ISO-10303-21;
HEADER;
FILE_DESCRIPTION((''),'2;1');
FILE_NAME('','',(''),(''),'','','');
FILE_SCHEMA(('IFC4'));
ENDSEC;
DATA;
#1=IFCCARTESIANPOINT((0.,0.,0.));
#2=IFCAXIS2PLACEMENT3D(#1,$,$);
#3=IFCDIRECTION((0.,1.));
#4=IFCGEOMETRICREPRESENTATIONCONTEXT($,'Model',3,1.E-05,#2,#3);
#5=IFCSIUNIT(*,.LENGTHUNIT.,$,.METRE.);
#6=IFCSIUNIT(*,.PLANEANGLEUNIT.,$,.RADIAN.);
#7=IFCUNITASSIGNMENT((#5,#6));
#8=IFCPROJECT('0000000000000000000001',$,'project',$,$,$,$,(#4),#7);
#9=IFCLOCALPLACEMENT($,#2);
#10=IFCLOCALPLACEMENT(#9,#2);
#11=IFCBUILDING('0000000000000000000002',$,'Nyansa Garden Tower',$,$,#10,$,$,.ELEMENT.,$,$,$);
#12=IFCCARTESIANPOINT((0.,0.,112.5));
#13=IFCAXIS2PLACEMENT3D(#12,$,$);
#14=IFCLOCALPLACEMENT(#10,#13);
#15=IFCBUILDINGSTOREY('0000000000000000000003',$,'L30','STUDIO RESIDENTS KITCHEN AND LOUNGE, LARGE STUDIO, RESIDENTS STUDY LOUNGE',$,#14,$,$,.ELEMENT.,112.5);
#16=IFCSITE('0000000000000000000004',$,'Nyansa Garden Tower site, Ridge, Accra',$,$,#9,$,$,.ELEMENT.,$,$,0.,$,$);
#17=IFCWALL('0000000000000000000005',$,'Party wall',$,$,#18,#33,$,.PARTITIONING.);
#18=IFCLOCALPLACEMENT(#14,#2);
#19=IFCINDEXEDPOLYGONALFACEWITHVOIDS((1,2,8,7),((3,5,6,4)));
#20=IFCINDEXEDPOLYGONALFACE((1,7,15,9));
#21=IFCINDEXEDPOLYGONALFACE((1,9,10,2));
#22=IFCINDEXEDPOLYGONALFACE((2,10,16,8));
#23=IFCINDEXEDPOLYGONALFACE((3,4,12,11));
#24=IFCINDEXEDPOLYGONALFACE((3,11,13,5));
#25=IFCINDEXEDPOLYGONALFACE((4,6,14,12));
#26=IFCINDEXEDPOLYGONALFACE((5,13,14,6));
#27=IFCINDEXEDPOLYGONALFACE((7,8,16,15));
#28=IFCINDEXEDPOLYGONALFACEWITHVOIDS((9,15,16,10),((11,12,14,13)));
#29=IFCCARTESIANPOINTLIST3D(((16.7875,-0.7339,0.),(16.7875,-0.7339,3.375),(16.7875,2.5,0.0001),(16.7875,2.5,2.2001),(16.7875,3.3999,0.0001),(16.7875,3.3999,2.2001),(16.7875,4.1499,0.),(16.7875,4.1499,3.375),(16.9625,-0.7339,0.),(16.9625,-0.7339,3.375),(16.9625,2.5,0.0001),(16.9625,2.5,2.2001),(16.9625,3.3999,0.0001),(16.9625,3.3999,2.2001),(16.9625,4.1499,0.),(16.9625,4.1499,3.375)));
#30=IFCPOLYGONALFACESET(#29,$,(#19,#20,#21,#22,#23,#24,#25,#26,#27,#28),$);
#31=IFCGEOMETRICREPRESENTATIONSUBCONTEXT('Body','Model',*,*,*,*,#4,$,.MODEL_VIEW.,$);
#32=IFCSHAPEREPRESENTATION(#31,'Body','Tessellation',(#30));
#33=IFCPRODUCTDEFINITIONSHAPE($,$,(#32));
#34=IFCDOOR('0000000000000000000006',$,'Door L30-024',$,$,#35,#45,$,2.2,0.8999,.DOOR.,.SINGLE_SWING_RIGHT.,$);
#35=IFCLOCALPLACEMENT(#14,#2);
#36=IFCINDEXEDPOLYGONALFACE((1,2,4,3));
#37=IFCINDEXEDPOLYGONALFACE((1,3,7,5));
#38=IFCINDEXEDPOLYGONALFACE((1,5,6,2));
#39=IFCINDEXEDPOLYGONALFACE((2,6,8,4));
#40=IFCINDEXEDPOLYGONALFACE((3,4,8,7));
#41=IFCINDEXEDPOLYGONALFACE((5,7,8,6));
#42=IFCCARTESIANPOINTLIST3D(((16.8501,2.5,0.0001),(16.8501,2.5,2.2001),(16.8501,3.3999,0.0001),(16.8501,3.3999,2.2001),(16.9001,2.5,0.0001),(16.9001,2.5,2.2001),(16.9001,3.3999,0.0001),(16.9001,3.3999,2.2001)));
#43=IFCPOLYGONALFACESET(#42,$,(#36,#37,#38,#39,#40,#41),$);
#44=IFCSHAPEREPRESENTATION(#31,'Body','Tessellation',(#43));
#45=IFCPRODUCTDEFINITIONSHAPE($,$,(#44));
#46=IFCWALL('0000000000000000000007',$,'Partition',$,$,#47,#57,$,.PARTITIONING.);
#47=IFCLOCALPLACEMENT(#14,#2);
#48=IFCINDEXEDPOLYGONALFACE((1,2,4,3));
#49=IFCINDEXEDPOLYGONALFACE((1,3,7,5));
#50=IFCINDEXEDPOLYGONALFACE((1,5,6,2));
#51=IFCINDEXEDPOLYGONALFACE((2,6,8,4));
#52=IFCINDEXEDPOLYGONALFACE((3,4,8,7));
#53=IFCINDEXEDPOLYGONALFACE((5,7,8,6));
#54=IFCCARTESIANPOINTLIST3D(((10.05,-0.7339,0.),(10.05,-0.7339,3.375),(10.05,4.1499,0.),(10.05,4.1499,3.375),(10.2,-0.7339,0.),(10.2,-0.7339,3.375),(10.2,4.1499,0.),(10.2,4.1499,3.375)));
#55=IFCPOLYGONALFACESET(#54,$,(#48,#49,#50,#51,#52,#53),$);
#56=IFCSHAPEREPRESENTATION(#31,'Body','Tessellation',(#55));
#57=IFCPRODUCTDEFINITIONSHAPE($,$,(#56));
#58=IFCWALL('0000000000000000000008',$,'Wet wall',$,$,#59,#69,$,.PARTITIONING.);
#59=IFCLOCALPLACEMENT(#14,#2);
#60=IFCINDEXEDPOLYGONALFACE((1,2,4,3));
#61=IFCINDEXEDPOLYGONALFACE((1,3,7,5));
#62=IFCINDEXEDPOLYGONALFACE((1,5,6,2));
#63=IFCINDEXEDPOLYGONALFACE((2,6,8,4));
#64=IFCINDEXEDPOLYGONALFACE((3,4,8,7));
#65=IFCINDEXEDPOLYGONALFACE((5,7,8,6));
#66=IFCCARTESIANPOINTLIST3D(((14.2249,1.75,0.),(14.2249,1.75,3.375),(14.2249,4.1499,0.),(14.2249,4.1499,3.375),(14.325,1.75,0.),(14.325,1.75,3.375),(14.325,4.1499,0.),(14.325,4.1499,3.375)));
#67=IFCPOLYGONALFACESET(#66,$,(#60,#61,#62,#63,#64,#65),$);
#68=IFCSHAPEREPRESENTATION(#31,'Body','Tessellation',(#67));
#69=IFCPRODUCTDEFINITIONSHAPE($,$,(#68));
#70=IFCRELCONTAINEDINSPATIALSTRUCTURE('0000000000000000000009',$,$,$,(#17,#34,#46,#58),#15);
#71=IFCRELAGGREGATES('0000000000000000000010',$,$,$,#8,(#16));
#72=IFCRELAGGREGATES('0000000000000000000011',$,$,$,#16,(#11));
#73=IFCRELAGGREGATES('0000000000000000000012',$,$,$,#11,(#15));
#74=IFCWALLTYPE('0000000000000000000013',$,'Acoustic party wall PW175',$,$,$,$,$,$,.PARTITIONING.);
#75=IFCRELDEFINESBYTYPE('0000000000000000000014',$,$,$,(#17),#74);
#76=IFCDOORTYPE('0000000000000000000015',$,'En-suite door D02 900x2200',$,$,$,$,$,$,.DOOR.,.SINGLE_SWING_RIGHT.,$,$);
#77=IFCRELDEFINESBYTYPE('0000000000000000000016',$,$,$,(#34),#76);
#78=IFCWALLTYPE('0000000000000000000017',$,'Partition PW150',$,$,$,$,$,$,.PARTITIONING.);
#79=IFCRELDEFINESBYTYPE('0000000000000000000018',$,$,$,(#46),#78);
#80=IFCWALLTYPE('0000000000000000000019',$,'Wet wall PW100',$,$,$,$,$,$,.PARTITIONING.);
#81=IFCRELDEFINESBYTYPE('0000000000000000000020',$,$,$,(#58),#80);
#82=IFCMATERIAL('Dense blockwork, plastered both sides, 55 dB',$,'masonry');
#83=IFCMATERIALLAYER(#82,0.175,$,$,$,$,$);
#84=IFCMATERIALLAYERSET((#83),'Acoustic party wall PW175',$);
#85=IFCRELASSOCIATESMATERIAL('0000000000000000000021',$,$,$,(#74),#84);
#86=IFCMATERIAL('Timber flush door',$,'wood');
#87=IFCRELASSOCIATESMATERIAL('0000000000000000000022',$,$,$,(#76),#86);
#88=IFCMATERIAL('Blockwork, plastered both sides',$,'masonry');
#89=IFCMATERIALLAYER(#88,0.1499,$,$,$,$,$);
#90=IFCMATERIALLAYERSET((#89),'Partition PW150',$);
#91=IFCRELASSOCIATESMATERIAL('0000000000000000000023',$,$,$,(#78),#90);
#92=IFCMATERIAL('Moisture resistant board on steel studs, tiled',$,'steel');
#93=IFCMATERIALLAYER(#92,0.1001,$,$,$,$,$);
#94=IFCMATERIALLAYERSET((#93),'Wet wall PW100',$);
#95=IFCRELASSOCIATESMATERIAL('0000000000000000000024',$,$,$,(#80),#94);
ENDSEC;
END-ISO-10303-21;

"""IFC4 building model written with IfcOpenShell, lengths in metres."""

from ifc_helpers import new_model, si_unit, direction, frame, frame_2d, origin, place, context, subcontext, project, spatial, rectangle, extrude, material, layer, layer_set, type_object, element, fill, save


model = new_model("IFC4")

# Units and contexts
model_context = context("Model", 3, precision=1e-05, world=origin(), true_north=direction((0.0, 1.0)))
body_context = subcontext(model_context, "Body", "Model", "MODEL_VIEW")
ifc_project = project(units=[si_unit("LENGTHUNIT", "METRE"), si_unit("PLANEANGLEUNIT", "RADIAN")], contexts=[model_context])

# Site, building, storey
site_placement = place(None, origin())
site = spatial("IfcSite", under=ifc_project, at=site_placement, Name="Nyansa Garden Tower site, Ridge, Accra", CompositionType="ELEMENT", RefElevation=0.0)
building_placement = place(site_placement, origin())
building = spatial("IfcBuilding", under=site, at=building_placement, Name="Nyansa Garden Tower", CompositionType="ELEMENT")
storey_placement = place(building_placement, frame((0.0, 0.0, 112.5)))
storey = spatial("IfcBuildingStorey", under=building, at=storey_placement, Name="L30", Description="STUDIO RESIDENTS KITCHEN AND LOUNGE, LARGE STUDIO, RESIDENTS STUDY LOUNGE", CompositionType="ELEMENT", Elevation=112.5)

# Wall, opening, door
ifc_material_1 = material(Name="Dense blockwork, plastered both sides, 55 dB", Category="masonry")
ifc_layer_1 = layer(ifc_material_1, 0.175)
ifc_layer_set_1 = layer_set([ifc_layer_1], Name="Acoustic party wall PW175")
wall_type_1 = type_object("IfcWallType", Name="Acoustic party wall PW175", PredefinedType="PARTITIONING", material=ifc_layer_set_1)
wall_1_placement = place(storey_placement, frame((16.875, -0.7339, 0.0), z_axis=(0.0, 0.0, 1.0), x_axis=(0.0, 1.0, 0.0)))
wall_1 = element("IfcWall", 1, at=wall_1_placement, inside=storey, type_object=wall_type_1, Name="Party wall", PredefinedType="PARTITIONING", context=body_context, shape_type="SweptSolid", body=[
    extrude(rectangle(XDim=4.8838, YDim=0.175, at=frame_2d((2.4419, 0.0))), origin(), (0.0, 0.0, 1.0), 3.375),
])
opening_placement = place(wall_1_placement, frame((3.2339, 0.0, 0.0)))
opening = element("IfcOpeningElement", 2, at=opening_placement, cuts=wall_1, PredefinedType="OPENING", context=body_context, shape_type="SweptSolid", body=[
    extrude(rectangle(XDim=0.8999, YDim=2.2, at=frame_2d((0.45, 1.1001))), frame((0.0, 0.0974, 0.0), z_axis=(0.0, -1.0, 0.0), x_axis=(1.0, 0.0, 0.0)), (0.0, 0.0, 1.0), 0.1951),
])
ifc_material_2 = material(Name="Timber flush door", Category="wood")
door_type = type_object("IfcDoorType", Name="En-suite door D02 900x2200", OperationType="SINGLE_SWING_RIGHT", PredefinedType="DOOR", material=ifc_material_2)
door_placement = place(opening_placement, origin())
door = element("IfcDoor", 3, at=door_placement, inside=storey, type_object=door_type, Name="Door L30-024", OperationType="SINGLE_SWING_RIGHT", OverallHeight=2.2, OverallWidth=0.8999, PredefinedType="DOOR", context=body_context, shape_type="SweptSolid", body=[
    extrude(rectangle(XDim=0.8999, YDim=2.2, at=frame_2d((0.45, 1.1001))), frame((0.0, 0.0249, 0.0), z_axis=(0.0, -1.0, 0.0), x_axis=(1.0, 0.0, 0.0)), (0.0, 0.0, 1.0), 0.05),
])
fill(opening, door)

# Walls
ifc_material_3 = material(Name="Blockwork, plastered both sides", Category="masonry")
ifc_layer_2 = layer(ifc_material_3, 0.1499)
ifc_layer_set_2 = layer_set([ifc_layer_2], Name="Partition PW150")
wall_type_2 = type_object("IfcWallType", Name="Partition PW150", PredefinedType="PARTITIONING", material=ifc_layer_set_2)
wall_2_placement = place(storey_placement, frame((10.125, -0.7339, 0.0), z_axis=(0.0, 0.0, 1.0), x_axis=(0.0, 1.0, 0.0)))
element("IfcWall", 4, at=wall_2_placement, inside=storey, type_object=wall_type_2, Name="Partition", PredefinedType="PARTITIONING", context=body_context, shape_type="SweptSolid", body=[
    extrude(rectangle(XDim=4.8838, YDim=0.1499, at=frame_2d((2.4419, 0.0))), origin(), (0.0, 0.0, 1.0), 3.375),
])
ifc_material_4 = material(Name="Moisture resistant board on steel studs, tiled", Category="steel")
ifc_layer_3 = layer(ifc_material_4, 0.1001)
ifc_layer_set_3 = layer_set([ifc_layer_3], Name="Wet wall PW100")
wall_type_3 = type_object("IfcWallType", Name="Wet wall PW100", PredefinedType="PARTITIONING", material=ifc_layer_set_3)
wall_3_placement = place(storey_placement, frame((14.2749, 1.75, 0.0), z_axis=(0.0, 0.0, 1.0), x_axis=(0.0, 1.0, 0.0)))
element("IfcWall", 5, at=wall_3_placement, inside=storey, type_object=wall_type_3, Name="Wet wall", PredefinedType="PARTITIONING", context=body_context, shape_type="SweptSolid", body=[
    extrude(rectangle(XDim=2.3999, YDim=0.1001, at=frame_2d((1.2, 0.0))), origin(), (0.0, 0.0, 1.0), 3.375),
])

save(model, "model.ifc")
